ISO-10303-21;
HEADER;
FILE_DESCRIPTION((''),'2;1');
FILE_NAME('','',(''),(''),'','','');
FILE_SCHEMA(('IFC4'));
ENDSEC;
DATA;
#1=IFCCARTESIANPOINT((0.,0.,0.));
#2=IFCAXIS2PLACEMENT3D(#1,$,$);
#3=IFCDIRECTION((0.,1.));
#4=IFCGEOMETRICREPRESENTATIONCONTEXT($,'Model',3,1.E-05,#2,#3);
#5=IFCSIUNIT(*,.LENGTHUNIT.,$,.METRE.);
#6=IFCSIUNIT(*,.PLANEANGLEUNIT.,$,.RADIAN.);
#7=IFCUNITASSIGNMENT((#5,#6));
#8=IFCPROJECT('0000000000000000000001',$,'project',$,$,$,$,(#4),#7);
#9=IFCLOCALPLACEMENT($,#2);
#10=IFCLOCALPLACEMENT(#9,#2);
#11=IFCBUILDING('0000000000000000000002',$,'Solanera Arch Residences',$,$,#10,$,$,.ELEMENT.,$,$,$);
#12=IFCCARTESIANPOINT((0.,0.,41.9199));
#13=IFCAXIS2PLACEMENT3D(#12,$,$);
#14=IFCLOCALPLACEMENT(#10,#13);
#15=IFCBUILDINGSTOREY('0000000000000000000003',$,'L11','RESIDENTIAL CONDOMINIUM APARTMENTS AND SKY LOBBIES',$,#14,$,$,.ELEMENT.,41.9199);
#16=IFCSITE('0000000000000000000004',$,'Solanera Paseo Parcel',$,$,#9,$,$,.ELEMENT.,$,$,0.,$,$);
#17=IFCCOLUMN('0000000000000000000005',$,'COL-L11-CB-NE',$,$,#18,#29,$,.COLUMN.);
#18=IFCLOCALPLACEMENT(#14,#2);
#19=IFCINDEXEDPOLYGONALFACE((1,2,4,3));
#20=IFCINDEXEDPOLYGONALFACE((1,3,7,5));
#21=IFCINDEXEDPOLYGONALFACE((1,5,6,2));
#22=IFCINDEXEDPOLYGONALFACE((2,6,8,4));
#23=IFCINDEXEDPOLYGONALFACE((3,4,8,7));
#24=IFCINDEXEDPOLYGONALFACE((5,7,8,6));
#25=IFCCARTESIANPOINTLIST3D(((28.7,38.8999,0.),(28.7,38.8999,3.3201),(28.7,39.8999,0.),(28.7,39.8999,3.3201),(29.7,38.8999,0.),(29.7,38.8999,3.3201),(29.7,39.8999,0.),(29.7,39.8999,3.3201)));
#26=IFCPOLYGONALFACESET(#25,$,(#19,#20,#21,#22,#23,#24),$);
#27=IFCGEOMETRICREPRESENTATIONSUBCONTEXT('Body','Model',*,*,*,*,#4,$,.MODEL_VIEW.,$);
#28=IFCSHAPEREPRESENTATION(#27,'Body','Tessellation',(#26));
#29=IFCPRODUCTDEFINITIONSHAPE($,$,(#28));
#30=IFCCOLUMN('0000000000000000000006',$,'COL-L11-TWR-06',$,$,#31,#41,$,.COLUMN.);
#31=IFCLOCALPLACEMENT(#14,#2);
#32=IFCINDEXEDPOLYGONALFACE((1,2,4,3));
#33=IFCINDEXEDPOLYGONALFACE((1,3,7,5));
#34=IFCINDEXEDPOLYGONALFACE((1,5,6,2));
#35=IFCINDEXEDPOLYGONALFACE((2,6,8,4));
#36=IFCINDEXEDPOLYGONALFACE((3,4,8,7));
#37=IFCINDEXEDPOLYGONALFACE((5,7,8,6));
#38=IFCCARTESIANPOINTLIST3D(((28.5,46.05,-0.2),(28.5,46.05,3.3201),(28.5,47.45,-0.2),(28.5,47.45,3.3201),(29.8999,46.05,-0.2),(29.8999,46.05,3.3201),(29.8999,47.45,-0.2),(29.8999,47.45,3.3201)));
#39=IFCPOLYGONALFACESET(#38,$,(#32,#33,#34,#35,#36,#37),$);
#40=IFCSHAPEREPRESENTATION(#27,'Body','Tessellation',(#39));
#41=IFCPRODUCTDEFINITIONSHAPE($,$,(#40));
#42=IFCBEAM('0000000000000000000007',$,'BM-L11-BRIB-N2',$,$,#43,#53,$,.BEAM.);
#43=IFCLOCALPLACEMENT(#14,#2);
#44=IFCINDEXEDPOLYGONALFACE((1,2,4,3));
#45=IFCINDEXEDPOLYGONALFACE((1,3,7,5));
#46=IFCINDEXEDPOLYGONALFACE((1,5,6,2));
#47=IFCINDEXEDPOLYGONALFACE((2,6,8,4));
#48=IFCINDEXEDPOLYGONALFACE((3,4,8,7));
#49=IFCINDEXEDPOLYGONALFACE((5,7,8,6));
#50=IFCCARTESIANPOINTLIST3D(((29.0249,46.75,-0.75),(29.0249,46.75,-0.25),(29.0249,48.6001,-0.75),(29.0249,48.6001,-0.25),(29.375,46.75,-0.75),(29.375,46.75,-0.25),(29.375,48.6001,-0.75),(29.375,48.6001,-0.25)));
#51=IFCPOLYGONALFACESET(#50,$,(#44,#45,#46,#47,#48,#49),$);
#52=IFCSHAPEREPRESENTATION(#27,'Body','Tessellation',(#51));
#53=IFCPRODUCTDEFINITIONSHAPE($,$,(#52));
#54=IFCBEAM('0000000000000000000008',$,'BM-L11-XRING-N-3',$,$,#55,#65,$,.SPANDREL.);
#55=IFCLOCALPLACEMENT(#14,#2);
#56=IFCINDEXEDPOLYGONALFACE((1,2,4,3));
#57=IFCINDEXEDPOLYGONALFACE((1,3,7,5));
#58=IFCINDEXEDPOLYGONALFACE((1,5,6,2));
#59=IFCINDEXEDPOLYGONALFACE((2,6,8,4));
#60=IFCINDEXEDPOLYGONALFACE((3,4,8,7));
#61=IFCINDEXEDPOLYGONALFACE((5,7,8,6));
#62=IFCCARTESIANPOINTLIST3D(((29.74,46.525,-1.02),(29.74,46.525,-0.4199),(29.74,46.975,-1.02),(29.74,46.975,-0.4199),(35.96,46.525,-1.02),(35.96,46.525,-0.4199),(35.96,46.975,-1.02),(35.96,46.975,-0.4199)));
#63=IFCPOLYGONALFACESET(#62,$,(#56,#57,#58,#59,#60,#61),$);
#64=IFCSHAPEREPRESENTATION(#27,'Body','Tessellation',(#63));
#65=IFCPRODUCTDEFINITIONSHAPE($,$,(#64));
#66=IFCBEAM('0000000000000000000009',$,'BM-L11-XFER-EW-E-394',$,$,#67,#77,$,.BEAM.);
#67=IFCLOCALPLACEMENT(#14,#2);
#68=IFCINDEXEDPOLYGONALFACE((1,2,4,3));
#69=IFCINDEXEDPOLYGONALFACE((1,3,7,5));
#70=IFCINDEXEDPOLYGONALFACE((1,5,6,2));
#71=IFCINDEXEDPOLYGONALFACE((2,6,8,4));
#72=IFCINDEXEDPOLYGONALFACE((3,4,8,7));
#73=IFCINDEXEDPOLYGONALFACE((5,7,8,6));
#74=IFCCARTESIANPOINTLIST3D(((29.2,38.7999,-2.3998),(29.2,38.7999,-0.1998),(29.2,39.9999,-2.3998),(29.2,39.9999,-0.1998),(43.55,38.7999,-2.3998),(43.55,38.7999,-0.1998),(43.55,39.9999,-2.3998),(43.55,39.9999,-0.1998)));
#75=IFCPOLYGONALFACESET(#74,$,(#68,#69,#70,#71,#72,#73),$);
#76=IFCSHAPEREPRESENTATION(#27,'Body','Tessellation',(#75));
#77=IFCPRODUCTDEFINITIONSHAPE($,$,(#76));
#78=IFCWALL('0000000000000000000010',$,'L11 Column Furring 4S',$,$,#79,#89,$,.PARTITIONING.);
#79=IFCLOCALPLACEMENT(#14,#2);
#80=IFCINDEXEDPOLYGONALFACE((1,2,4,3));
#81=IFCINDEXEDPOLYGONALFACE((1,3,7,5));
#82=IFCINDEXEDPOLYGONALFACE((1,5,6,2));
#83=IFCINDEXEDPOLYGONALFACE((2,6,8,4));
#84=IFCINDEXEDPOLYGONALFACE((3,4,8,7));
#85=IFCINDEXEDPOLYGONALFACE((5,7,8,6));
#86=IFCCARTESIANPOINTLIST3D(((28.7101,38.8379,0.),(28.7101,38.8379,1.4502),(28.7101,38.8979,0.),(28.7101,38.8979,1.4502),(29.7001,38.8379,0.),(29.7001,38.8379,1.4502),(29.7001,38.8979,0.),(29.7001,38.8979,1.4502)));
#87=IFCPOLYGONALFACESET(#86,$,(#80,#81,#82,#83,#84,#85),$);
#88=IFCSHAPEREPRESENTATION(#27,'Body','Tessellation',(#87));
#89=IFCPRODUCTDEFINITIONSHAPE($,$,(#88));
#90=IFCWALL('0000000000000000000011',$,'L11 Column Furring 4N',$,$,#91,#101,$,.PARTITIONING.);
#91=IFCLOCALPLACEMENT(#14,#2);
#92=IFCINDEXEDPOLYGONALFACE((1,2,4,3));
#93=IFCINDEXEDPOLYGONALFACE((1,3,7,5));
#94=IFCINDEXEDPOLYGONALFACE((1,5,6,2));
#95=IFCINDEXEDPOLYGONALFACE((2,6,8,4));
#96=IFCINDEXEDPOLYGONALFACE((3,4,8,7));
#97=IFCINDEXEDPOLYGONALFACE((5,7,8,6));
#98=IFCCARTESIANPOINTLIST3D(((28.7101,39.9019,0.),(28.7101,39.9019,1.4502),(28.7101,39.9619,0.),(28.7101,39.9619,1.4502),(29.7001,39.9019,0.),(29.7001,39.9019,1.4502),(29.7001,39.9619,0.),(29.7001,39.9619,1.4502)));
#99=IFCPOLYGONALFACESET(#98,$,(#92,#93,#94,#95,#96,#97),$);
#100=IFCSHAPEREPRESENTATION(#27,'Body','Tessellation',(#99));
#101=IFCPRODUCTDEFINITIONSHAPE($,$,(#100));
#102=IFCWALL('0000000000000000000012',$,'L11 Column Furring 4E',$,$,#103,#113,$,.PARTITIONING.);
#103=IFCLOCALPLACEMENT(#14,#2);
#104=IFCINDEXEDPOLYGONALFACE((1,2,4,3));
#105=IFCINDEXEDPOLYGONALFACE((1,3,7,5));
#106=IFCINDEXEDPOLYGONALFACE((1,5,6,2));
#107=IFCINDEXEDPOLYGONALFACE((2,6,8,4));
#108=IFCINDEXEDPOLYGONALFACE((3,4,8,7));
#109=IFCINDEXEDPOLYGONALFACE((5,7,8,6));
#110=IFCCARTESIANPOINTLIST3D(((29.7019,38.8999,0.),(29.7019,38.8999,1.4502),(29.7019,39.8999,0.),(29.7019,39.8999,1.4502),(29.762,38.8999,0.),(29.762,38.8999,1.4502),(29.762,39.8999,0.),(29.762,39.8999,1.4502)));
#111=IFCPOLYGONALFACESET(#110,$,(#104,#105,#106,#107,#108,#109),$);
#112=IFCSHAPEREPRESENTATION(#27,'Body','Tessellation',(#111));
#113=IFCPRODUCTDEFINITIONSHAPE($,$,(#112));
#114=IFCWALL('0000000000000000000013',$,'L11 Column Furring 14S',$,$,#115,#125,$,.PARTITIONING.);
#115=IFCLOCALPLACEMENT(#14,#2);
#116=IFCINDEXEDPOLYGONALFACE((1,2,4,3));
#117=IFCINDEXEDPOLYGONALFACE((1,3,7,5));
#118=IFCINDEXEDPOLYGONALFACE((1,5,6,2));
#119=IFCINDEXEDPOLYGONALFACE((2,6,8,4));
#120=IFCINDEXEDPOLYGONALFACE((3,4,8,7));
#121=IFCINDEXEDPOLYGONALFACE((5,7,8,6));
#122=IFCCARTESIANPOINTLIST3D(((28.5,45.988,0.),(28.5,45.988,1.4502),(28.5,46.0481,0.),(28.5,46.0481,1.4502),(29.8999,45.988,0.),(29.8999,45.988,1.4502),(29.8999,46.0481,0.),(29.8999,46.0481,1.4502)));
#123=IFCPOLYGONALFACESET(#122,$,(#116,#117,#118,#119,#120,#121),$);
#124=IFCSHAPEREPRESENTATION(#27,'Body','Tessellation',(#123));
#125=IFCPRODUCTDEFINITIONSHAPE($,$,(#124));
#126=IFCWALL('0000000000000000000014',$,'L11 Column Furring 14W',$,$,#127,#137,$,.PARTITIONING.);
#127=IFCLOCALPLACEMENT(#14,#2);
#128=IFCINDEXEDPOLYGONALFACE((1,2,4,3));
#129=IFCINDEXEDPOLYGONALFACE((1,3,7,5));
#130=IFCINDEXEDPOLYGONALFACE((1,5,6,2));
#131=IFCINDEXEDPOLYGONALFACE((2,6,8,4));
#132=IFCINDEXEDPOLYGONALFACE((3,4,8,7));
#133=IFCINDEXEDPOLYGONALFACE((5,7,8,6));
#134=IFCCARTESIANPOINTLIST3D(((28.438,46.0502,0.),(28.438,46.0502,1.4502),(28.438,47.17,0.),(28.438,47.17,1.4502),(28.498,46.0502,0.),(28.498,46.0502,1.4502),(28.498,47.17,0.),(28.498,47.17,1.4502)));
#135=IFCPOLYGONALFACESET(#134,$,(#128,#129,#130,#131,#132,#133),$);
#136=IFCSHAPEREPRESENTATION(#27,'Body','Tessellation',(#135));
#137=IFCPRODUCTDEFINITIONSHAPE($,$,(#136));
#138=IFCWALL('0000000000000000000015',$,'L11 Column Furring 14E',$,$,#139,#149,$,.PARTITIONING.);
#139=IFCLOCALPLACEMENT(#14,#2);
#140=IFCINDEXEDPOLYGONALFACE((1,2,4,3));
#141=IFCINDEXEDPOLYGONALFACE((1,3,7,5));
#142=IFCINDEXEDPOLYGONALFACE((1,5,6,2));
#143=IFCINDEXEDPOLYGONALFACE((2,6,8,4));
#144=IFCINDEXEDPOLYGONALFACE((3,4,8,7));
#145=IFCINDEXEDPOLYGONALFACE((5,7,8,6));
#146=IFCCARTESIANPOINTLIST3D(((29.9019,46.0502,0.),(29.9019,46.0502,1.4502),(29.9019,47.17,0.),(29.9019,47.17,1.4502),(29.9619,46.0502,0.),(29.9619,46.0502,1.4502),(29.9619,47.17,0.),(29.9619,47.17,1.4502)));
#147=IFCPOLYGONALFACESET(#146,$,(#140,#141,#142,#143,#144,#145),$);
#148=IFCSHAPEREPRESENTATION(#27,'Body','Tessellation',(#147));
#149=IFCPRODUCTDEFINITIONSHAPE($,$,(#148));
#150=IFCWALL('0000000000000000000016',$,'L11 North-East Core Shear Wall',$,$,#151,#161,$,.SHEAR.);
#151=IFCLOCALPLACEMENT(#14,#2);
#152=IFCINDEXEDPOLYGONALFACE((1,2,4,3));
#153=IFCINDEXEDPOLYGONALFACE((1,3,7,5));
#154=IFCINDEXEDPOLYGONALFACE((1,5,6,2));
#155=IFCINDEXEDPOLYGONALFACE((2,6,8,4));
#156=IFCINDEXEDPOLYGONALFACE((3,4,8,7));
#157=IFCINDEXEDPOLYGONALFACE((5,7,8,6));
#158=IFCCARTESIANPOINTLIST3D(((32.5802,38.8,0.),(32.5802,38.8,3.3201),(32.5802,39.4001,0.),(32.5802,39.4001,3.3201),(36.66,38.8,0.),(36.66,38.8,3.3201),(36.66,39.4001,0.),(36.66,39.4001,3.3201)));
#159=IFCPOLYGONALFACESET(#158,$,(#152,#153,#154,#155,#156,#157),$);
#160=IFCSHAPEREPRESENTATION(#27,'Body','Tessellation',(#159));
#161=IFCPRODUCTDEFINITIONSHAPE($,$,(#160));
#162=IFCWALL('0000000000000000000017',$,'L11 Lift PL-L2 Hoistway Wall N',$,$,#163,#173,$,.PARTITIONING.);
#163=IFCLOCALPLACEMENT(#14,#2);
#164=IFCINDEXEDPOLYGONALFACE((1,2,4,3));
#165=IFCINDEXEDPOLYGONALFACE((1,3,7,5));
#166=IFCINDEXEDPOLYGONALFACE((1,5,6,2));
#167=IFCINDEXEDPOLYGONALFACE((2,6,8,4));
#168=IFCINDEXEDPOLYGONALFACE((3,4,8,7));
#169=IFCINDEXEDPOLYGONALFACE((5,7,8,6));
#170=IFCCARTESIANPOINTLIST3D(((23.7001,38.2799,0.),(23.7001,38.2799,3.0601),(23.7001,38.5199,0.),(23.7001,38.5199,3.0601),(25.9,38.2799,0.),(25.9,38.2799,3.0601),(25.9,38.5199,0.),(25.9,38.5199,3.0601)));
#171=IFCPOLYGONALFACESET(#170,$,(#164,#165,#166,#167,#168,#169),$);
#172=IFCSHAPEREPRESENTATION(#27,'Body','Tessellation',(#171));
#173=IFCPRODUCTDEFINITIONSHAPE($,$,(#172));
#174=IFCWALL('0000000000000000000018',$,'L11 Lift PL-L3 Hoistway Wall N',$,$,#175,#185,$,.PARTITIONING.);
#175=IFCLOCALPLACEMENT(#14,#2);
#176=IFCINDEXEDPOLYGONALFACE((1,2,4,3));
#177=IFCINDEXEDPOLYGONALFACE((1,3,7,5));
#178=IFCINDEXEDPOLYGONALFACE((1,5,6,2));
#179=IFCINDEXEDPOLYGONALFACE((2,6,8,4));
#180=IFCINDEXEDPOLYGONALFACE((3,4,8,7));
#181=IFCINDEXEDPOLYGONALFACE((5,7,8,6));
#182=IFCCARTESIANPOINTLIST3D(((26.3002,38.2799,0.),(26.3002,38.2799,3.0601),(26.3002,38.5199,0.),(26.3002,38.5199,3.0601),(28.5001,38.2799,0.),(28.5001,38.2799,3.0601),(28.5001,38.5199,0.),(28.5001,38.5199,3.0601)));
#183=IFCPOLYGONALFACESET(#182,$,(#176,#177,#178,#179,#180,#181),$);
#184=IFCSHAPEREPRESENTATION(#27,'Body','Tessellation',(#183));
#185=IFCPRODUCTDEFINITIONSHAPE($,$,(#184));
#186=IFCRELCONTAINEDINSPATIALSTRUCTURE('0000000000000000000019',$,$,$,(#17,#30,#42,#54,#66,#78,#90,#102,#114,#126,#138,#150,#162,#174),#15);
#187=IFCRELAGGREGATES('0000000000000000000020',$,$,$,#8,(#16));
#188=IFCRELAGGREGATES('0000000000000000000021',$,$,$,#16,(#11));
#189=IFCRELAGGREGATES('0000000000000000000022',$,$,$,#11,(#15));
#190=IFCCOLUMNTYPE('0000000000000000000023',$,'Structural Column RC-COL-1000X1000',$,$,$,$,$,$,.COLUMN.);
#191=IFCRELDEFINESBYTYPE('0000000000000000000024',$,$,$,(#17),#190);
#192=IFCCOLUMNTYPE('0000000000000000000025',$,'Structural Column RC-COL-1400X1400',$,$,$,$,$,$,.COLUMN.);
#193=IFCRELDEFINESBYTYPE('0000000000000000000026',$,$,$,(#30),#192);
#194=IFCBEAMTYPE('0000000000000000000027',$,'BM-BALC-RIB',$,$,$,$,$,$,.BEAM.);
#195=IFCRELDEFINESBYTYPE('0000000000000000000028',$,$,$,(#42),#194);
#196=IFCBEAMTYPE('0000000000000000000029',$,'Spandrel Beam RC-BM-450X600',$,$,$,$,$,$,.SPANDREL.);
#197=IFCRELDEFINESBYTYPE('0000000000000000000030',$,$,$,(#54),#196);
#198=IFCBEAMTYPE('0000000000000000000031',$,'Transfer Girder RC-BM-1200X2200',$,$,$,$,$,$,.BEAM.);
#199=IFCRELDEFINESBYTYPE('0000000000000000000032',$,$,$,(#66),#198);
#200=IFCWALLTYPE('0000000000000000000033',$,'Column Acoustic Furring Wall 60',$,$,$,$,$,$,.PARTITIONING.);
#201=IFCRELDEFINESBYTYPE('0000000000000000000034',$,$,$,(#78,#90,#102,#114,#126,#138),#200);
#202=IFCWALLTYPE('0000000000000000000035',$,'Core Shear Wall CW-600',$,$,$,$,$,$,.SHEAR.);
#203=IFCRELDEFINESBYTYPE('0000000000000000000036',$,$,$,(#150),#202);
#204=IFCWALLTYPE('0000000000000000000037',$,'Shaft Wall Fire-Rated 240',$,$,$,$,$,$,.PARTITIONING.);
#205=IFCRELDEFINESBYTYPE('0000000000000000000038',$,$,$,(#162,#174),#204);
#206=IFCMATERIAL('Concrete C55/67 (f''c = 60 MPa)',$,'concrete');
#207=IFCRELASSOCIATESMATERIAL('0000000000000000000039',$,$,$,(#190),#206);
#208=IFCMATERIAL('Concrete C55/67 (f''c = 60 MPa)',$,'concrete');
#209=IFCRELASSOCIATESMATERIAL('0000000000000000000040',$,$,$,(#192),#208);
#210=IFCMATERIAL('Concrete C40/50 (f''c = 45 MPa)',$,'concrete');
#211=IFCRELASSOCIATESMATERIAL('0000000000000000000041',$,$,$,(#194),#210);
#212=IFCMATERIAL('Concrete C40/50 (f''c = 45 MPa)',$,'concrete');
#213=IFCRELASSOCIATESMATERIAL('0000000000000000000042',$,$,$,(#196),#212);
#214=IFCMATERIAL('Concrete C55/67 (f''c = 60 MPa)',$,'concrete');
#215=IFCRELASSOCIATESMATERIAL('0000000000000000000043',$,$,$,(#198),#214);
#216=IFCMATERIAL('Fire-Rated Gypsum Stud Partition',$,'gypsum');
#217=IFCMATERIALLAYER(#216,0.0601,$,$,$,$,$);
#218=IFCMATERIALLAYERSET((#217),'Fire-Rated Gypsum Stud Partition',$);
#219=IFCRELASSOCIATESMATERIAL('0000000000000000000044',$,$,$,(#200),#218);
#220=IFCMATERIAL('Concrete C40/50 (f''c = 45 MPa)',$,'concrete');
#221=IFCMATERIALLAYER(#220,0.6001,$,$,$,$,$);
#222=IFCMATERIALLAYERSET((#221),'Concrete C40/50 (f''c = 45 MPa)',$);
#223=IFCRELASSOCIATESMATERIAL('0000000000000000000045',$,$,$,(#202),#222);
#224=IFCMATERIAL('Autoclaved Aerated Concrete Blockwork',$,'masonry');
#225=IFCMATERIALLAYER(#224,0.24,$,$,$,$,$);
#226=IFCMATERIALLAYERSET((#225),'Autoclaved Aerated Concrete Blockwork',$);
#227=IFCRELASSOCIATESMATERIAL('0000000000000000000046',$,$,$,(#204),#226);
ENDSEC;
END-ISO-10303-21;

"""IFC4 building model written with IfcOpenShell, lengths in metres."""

from ifc_helpers import new_model, si_unit, direction, frame, frame_2d, origin, origin_2d, place, context, subcontext, project, spatial, rectangle, extrude, material, layer, layer_set, material_profile, profile_set, type_object, element, save


model = new_model("IFC4")

# Units and contexts
model_context = context("Model", 3, precision=1e-05, world=origin(), true_north=direction((0.0, 1.0)))
body_context = subcontext(model_context, "Body", "Model", "MODEL_VIEW")
ifc_project = project(units=[si_unit("LENGTHUNIT", "METRE"), si_unit("PLANEANGLEUNIT", "RADIAN")], contexts=[model_context])

# Site, building, storey
site_placement = place(None, origin())
site = spatial("IfcSite", under=ifc_project, at=site_placement, Name="Solanera Paseo Parcel", CompositionType="ELEMENT", RefElevation=0.0)
building_placement = place(site_placement, origin())
building = spatial("IfcBuilding", under=site, at=building_placement, Name="Solanera Arch Residences", CompositionType="ELEMENT")
storey_placement = place(building_placement, frame((0.0, 0.0, 41.9199)))
storey = spatial("IfcBuildingStorey", under=building, at=storey_placement, Name="L11", Description="RESIDENTIAL CONDOMINIUM APARTMENTS AND SKY LOBBIES", CompositionType="ELEMENT", Elevation=41.9199)

# Columns
ifc_material_1 = material(Name="Concrete C55/67 (f'c = 60 MPa)", Category="concrete")
ifc_material_profile_1 = material_profile(ifc_material_1, rectangle(XDim=1.0, YDim=1.0, at=origin_2d()))
ifc_profile_set_1 = profile_set([ifc_material_profile_1], Name="Concrete C55/67 (f'c = 60 MPa)")
column_type_1 = type_object("IfcColumnType", Name="Structural Column RC-COL-1000X1000", PredefinedType="COLUMN", material=ifc_profile_set_1)
column_1_placement = place(storey_placement, frame((29.2, 39.3999, 0.0), z_axis=(0.0, 0.0, 1.0), x_axis=(1.0, 0.0, 0.0)))
element("IfcColumn", 1, at=column_1_placement, inside=storey, type_object=column_type_1, Name="COL-L11-CB-NE", PredefinedType="COLUMN", context=body_context, shape_type="SweptSolid", body=[
    extrude(rectangle(XDim=1.0, YDim=1.0, at=origin_2d()), origin(), (0.0, 0.0, 1.0), 3.3201),
])
ifc_material_2 = material(Name="Concrete C55/67 (f'c = 60 MPa)", Category="concrete")
ifc_material_profile_2 = material_profile(ifc_material_2, rectangle(XDim=1.3999, YDim=1.3999, at=origin_2d()))
ifc_profile_set_2 = profile_set([ifc_material_profile_2], Name="Concrete C55/67 (f'c = 60 MPa)")
column_type_2 = type_object("IfcColumnType", Name="Structural Column RC-COL-1400X1400", PredefinedType="COLUMN", material=ifc_profile_set_2)
column_2_placement = place(storey_placement, frame((29.2, 46.75, -0.2), z_axis=(0.0, 0.0, 1.0), x_axis=(1.0, 0.0, 0.0)))
element("IfcColumn", 2, at=column_2_placement, inside=storey, type_object=column_type_2, Name="COL-L11-TWR-06", PredefinedType="COLUMN", context=body_context, shape_type="SweptSolid", body=[
    extrude(rectangle(XDim=1.3999, YDim=1.3999, at=origin_2d()), origin(), (0.0, 0.0, 1.0), 3.52),
])

# Beams
ifc_material_3 = material(Name="Concrete C40/50 (f'c = 45 MPa)", Category="concrete")
ifc_material_profile_3 = material_profile(ifc_material_3, rectangle(XDim=0.3501, YDim=0.5, at=origin_2d()))
ifc_profile_set_3 = profile_set([ifc_material_profile_3], Name="Concrete C40/50 (f'c = 45 MPa)")
beam_type_1 = type_object("IfcBeamType", Name="BM-BALC-RIB", PredefinedType="BEAM", material=ifc_profile_set_3)
beam_1_placement = place(storey_placement, frame((29.2, 46.75, -0.5), z_axis=(0.0, 1.0, 0.0), x_axis=(-1.0, 0.0, 0.0)))
element("IfcBeam", 3, at=beam_1_placement, inside=storey, type_object=beam_type_1, Name="BM-L11-BRIB-N2", PredefinedType="BEAM", context=body_context, shape_type="SweptSolid", body=[
    extrude(rectangle(XDim=0.3501, YDim=0.5, at=origin_2d()), origin(), (0.0, 0.0, 1.0), 1.8501),
])
ifc_material_4 = material(Name="Concrete C40/50 (f'c = 45 MPa)", Category="concrete")
ifc_material_profile_4 = material_profile(ifc_material_4, rectangle(XDim=0.45, YDim=0.6001, at=origin_2d()))
ifc_profile_set_4 = profile_set([ifc_material_profile_4], Name="Concrete C40/50 (f'c = 45 MPa)")
beam_type_2 = type_object("IfcBeamType", Name="Spandrel Beam RC-BM-450X600", PredefinedType="SPANDREL", material=ifc_profile_set_4)
beam_2_placement = place(storey_placement, frame((29.74, 46.75, -0.72), z_axis=(1.0, 0.0, 0.0), x_axis=(0.0, 1.0, 0.0)))
element("IfcBeam", 4, at=beam_2_placement, inside=storey, type_object=beam_type_2, Name="BM-L11-XRING-N-3", PredefinedType="SPANDREL", context=body_context, shape_type="SweptSolid", body=[
    extrude(rectangle(XDim=0.45, YDim=0.6001, at=origin_2d()), origin(), (0.0, 0.0, 1.0), 6.22),
])
ifc_material_5 = material(Name="Concrete C55/67 (f'c = 60 MPa)", Category="concrete")
ifc_material_profile_5 = material_profile(ifc_material_5, rectangle(XDim=1.2, YDim=2.2, at=origin_2d()))
ifc_profile_set_5 = profile_set([ifc_material_profile_5], Name="Concrete C55/67 (f'c = 60 MPa)")
beam_type_3 = type_object("IfcBeamType", Name="Transfer Girder RC-BM-1200X2200", PredefinedType="BEAM", material=ifc_profile_set_5)
beam_3_placement = place(storey_placement, frame((29.2, 39.3999, -1.2998), z_axis=(1.0, 0.0, 0.0), x_axis=(0.0, 1.0, 0.0)))
element("IfcBeam", 5, at=beam_3_placement, inside=storey, type_object=beam_type_3, Name="BM-L11-XFER-EW-E-394", PredefinedType="BEAM", context=body_context, shape_type="SweptSolid", body=[
    extrude(rectangle(XDim=1.2, YDim=2.2, at=origin_2d()), origin(), (0.0, 0.0, 1.0), 14.3501),
])

# Walls
ifc_material_6 = material(Name="Fire-Rated Gypsum Stud Partition", Category="gypsum")
ifc_layer_1 = layer(ifc_material_6, 0.0601)
ifc_layer_set_1 = layer_set([ifc_layer_1], Name="Fire-Rated Gypsum Stud Partition")
wall_type_1 = type_object("IfcWallType", Name="Column Acoustic Furring Wall 60", PredefinedType="PARTITIONING", material=ifc_layer_set_1)
for number, where, z_axis, x_axis, name in (
    (6, (28.71, 38.8679, 0.0), (0.0, 0.0, 1.0), (1.0, 0.0, 0.0), "L11 Column Furring 4S"),
    (7, (28.71, 39.9319, 0.0), (0.0, 0.0, 1.0), (1.0, 0.0, 0.0), "L11 Column Furring 4N"),
):
    element("IfcWall", number, at=place(storey_placement, frame(where, z_axis=z_axis, x_axis=x_axis)), inside=storey, type_object=wall_type_1, Name=name, PredefinedType="PARTITIONING", context=body_context, shape_type="SweptSolid", body=[
        extrude(rectangle(XDim=0.99, YDim=0.0601, at=frame_2d((0.4951, 0.0))), origin(), (0.0, 0.0, 1.0), 1.4502),
    ])
wall_1_placement = place(storey_placement, frame((29.7319, 38.8999, 0.0), z_axis=(0.0, 0.0, 1.0), x_axis=(0.0, 1.0, 0.0)))
element("IfcWall", 8, at=wall_1_placement, inside=storey, type_object=wall_type_1, Name="L11 Column Furring 4E", PredefinedType="PARTITIONING", context=body_context, shape_type="SweptSolid", body=[
    extrude(rectangle(XDim=1.0, YDim=0.0601, at=frame_2d((0.5, 0.0))), origin(), (0.0, 0.0, 1.0), 1.4502),
])
wall_2_placement = place(storey_placement, frame((28.5, 46.0181, 0.0), z_axis=(0.0, 0.0, 1.0), x_axis=(1.0, 0.0, 0.0)))
element("IfcWall", 9, at=wall_2_placement, inside=storey, type_object=wall_type_1, Name="L11 Column Furring 14S", PredefinedType="PARTITIONING", context=body_context, shape_type="SweptSolid", body=[
    extrude(rectangle(XDim=1.3999, YDim=0.0601, at=frame_2d((0.7, 0.0))), origin(), (0.0, 0.0, 1.0), 1.4502),
])
for number, where, z_axis, x_axis, name in (
    (10, (28.468, 46.05, 0.0), (0.0, 0.0, 1.0), (0.0, 1.0, 0.0), "L11 Column Furring 14W"),
    (11, (29.9319, 46.05, 0.0), (0.0, 0.0, 1.0), (0.0, 1.0, 0.0), "L11 Column Furring 14E"),
):
    element("IfcWall", number, at=place(storey_placement, frame(where, z_axis=z_axis, x_axis=x_axis)), inside=storey, type_object=wall_type_1, Name=name, PredefinedType="PARTITIONING", context=body_context, shape_type="SweptSolid", body=[
        extrude(rectangle(XDim=1.1199, YDim=0.0601, at=frame_2d((0.5601, 0.0))), origin(), (0.0, 0.0, 1.0), 1.4502),
    ])
ifc_material_7 = material(Name="Concrete C40/50 (f'c = 45 MPa)", Category="concrete")
ifc_layer_2 = layer(ifc_material_7, 0.6001)
ifc_layer_set_2 = layer_set([ifc_layer_2], Name="Concrete C40/50 (f'c = 45 MPa)")
wall_type_2 = type_object("IfcWallType", Name="Core Shear Wall CW-600", PredefinedType="SHEAR", material=ifc_layer_set_2)
wall_3_placement = place(storey_placement, frame((32.5801, 39.1001, 0.0), z_axis=(0.0, 0.0, 1.0), x_axis=(1.0, 0.0, 0.0)))
element("IfcWall", 12, at=wall_3_placement, inside=storey, type_object=wall_type_2, Name="L11 North-East Core Shear Wall", PredefinedType="SHEAR", context=body_context, shape_type="SweptSolid", body=[
    extrude(rectangle(XDim=4.0798, YDim=0.6001, at=frame_2d((2.04, 0.0))), origin(), (0.0, 0.0, 1.0), 3.3201),
])
ifc_material_8 = material(Name="Autoclaved Aerated Concrete Blockwork", Category="masonry")
ifc_layer_3 = layer(ifc_material_8, 0.24)
ifc_layer_set_3 = layer_set([ifc_layer_3], Name="Autoclaved Aerated Concrete Blockwork")
wall_type_3 = type_object("IfcWallType", Name="Shaft Wall Fire-Rated 240", PredefinedType="PARTITIONING", material=ifc_layer_set_3)
for number, where, z_axis, x_axis, name in (
    (13, (23.7, 38.3999, 0.0), (0.0, 0.0, 1.0), (1.0, 0.0, 0.0), "L11 Lift PL-L2 Hoistway Wall N"),
    (14, (26.3, 38.3999, 0.0), (0.0, 0.0, 1.0), (1.0, 0.0, 0.0), "L11 Lift PL-L3 Hoistway Wall N"),
):
    element("IfcWall", number, at=place(storey_placement, frame(where, z_axis=z_axis, x_axis=x_axis)), inside=storey, type_object=wall_type_3, Name=name, PredefinedType="PARTITIONING", context=body_context, shape_type="SweptSolid", body=[
        extrude(rectangle(XDim=2.2, YDim=0.24, at=frame_2d((1.1001, 0.0))), origin(), (0.0, 0.0, 1.0), 3.0601),
    ])

save(model, "model.ifc")
